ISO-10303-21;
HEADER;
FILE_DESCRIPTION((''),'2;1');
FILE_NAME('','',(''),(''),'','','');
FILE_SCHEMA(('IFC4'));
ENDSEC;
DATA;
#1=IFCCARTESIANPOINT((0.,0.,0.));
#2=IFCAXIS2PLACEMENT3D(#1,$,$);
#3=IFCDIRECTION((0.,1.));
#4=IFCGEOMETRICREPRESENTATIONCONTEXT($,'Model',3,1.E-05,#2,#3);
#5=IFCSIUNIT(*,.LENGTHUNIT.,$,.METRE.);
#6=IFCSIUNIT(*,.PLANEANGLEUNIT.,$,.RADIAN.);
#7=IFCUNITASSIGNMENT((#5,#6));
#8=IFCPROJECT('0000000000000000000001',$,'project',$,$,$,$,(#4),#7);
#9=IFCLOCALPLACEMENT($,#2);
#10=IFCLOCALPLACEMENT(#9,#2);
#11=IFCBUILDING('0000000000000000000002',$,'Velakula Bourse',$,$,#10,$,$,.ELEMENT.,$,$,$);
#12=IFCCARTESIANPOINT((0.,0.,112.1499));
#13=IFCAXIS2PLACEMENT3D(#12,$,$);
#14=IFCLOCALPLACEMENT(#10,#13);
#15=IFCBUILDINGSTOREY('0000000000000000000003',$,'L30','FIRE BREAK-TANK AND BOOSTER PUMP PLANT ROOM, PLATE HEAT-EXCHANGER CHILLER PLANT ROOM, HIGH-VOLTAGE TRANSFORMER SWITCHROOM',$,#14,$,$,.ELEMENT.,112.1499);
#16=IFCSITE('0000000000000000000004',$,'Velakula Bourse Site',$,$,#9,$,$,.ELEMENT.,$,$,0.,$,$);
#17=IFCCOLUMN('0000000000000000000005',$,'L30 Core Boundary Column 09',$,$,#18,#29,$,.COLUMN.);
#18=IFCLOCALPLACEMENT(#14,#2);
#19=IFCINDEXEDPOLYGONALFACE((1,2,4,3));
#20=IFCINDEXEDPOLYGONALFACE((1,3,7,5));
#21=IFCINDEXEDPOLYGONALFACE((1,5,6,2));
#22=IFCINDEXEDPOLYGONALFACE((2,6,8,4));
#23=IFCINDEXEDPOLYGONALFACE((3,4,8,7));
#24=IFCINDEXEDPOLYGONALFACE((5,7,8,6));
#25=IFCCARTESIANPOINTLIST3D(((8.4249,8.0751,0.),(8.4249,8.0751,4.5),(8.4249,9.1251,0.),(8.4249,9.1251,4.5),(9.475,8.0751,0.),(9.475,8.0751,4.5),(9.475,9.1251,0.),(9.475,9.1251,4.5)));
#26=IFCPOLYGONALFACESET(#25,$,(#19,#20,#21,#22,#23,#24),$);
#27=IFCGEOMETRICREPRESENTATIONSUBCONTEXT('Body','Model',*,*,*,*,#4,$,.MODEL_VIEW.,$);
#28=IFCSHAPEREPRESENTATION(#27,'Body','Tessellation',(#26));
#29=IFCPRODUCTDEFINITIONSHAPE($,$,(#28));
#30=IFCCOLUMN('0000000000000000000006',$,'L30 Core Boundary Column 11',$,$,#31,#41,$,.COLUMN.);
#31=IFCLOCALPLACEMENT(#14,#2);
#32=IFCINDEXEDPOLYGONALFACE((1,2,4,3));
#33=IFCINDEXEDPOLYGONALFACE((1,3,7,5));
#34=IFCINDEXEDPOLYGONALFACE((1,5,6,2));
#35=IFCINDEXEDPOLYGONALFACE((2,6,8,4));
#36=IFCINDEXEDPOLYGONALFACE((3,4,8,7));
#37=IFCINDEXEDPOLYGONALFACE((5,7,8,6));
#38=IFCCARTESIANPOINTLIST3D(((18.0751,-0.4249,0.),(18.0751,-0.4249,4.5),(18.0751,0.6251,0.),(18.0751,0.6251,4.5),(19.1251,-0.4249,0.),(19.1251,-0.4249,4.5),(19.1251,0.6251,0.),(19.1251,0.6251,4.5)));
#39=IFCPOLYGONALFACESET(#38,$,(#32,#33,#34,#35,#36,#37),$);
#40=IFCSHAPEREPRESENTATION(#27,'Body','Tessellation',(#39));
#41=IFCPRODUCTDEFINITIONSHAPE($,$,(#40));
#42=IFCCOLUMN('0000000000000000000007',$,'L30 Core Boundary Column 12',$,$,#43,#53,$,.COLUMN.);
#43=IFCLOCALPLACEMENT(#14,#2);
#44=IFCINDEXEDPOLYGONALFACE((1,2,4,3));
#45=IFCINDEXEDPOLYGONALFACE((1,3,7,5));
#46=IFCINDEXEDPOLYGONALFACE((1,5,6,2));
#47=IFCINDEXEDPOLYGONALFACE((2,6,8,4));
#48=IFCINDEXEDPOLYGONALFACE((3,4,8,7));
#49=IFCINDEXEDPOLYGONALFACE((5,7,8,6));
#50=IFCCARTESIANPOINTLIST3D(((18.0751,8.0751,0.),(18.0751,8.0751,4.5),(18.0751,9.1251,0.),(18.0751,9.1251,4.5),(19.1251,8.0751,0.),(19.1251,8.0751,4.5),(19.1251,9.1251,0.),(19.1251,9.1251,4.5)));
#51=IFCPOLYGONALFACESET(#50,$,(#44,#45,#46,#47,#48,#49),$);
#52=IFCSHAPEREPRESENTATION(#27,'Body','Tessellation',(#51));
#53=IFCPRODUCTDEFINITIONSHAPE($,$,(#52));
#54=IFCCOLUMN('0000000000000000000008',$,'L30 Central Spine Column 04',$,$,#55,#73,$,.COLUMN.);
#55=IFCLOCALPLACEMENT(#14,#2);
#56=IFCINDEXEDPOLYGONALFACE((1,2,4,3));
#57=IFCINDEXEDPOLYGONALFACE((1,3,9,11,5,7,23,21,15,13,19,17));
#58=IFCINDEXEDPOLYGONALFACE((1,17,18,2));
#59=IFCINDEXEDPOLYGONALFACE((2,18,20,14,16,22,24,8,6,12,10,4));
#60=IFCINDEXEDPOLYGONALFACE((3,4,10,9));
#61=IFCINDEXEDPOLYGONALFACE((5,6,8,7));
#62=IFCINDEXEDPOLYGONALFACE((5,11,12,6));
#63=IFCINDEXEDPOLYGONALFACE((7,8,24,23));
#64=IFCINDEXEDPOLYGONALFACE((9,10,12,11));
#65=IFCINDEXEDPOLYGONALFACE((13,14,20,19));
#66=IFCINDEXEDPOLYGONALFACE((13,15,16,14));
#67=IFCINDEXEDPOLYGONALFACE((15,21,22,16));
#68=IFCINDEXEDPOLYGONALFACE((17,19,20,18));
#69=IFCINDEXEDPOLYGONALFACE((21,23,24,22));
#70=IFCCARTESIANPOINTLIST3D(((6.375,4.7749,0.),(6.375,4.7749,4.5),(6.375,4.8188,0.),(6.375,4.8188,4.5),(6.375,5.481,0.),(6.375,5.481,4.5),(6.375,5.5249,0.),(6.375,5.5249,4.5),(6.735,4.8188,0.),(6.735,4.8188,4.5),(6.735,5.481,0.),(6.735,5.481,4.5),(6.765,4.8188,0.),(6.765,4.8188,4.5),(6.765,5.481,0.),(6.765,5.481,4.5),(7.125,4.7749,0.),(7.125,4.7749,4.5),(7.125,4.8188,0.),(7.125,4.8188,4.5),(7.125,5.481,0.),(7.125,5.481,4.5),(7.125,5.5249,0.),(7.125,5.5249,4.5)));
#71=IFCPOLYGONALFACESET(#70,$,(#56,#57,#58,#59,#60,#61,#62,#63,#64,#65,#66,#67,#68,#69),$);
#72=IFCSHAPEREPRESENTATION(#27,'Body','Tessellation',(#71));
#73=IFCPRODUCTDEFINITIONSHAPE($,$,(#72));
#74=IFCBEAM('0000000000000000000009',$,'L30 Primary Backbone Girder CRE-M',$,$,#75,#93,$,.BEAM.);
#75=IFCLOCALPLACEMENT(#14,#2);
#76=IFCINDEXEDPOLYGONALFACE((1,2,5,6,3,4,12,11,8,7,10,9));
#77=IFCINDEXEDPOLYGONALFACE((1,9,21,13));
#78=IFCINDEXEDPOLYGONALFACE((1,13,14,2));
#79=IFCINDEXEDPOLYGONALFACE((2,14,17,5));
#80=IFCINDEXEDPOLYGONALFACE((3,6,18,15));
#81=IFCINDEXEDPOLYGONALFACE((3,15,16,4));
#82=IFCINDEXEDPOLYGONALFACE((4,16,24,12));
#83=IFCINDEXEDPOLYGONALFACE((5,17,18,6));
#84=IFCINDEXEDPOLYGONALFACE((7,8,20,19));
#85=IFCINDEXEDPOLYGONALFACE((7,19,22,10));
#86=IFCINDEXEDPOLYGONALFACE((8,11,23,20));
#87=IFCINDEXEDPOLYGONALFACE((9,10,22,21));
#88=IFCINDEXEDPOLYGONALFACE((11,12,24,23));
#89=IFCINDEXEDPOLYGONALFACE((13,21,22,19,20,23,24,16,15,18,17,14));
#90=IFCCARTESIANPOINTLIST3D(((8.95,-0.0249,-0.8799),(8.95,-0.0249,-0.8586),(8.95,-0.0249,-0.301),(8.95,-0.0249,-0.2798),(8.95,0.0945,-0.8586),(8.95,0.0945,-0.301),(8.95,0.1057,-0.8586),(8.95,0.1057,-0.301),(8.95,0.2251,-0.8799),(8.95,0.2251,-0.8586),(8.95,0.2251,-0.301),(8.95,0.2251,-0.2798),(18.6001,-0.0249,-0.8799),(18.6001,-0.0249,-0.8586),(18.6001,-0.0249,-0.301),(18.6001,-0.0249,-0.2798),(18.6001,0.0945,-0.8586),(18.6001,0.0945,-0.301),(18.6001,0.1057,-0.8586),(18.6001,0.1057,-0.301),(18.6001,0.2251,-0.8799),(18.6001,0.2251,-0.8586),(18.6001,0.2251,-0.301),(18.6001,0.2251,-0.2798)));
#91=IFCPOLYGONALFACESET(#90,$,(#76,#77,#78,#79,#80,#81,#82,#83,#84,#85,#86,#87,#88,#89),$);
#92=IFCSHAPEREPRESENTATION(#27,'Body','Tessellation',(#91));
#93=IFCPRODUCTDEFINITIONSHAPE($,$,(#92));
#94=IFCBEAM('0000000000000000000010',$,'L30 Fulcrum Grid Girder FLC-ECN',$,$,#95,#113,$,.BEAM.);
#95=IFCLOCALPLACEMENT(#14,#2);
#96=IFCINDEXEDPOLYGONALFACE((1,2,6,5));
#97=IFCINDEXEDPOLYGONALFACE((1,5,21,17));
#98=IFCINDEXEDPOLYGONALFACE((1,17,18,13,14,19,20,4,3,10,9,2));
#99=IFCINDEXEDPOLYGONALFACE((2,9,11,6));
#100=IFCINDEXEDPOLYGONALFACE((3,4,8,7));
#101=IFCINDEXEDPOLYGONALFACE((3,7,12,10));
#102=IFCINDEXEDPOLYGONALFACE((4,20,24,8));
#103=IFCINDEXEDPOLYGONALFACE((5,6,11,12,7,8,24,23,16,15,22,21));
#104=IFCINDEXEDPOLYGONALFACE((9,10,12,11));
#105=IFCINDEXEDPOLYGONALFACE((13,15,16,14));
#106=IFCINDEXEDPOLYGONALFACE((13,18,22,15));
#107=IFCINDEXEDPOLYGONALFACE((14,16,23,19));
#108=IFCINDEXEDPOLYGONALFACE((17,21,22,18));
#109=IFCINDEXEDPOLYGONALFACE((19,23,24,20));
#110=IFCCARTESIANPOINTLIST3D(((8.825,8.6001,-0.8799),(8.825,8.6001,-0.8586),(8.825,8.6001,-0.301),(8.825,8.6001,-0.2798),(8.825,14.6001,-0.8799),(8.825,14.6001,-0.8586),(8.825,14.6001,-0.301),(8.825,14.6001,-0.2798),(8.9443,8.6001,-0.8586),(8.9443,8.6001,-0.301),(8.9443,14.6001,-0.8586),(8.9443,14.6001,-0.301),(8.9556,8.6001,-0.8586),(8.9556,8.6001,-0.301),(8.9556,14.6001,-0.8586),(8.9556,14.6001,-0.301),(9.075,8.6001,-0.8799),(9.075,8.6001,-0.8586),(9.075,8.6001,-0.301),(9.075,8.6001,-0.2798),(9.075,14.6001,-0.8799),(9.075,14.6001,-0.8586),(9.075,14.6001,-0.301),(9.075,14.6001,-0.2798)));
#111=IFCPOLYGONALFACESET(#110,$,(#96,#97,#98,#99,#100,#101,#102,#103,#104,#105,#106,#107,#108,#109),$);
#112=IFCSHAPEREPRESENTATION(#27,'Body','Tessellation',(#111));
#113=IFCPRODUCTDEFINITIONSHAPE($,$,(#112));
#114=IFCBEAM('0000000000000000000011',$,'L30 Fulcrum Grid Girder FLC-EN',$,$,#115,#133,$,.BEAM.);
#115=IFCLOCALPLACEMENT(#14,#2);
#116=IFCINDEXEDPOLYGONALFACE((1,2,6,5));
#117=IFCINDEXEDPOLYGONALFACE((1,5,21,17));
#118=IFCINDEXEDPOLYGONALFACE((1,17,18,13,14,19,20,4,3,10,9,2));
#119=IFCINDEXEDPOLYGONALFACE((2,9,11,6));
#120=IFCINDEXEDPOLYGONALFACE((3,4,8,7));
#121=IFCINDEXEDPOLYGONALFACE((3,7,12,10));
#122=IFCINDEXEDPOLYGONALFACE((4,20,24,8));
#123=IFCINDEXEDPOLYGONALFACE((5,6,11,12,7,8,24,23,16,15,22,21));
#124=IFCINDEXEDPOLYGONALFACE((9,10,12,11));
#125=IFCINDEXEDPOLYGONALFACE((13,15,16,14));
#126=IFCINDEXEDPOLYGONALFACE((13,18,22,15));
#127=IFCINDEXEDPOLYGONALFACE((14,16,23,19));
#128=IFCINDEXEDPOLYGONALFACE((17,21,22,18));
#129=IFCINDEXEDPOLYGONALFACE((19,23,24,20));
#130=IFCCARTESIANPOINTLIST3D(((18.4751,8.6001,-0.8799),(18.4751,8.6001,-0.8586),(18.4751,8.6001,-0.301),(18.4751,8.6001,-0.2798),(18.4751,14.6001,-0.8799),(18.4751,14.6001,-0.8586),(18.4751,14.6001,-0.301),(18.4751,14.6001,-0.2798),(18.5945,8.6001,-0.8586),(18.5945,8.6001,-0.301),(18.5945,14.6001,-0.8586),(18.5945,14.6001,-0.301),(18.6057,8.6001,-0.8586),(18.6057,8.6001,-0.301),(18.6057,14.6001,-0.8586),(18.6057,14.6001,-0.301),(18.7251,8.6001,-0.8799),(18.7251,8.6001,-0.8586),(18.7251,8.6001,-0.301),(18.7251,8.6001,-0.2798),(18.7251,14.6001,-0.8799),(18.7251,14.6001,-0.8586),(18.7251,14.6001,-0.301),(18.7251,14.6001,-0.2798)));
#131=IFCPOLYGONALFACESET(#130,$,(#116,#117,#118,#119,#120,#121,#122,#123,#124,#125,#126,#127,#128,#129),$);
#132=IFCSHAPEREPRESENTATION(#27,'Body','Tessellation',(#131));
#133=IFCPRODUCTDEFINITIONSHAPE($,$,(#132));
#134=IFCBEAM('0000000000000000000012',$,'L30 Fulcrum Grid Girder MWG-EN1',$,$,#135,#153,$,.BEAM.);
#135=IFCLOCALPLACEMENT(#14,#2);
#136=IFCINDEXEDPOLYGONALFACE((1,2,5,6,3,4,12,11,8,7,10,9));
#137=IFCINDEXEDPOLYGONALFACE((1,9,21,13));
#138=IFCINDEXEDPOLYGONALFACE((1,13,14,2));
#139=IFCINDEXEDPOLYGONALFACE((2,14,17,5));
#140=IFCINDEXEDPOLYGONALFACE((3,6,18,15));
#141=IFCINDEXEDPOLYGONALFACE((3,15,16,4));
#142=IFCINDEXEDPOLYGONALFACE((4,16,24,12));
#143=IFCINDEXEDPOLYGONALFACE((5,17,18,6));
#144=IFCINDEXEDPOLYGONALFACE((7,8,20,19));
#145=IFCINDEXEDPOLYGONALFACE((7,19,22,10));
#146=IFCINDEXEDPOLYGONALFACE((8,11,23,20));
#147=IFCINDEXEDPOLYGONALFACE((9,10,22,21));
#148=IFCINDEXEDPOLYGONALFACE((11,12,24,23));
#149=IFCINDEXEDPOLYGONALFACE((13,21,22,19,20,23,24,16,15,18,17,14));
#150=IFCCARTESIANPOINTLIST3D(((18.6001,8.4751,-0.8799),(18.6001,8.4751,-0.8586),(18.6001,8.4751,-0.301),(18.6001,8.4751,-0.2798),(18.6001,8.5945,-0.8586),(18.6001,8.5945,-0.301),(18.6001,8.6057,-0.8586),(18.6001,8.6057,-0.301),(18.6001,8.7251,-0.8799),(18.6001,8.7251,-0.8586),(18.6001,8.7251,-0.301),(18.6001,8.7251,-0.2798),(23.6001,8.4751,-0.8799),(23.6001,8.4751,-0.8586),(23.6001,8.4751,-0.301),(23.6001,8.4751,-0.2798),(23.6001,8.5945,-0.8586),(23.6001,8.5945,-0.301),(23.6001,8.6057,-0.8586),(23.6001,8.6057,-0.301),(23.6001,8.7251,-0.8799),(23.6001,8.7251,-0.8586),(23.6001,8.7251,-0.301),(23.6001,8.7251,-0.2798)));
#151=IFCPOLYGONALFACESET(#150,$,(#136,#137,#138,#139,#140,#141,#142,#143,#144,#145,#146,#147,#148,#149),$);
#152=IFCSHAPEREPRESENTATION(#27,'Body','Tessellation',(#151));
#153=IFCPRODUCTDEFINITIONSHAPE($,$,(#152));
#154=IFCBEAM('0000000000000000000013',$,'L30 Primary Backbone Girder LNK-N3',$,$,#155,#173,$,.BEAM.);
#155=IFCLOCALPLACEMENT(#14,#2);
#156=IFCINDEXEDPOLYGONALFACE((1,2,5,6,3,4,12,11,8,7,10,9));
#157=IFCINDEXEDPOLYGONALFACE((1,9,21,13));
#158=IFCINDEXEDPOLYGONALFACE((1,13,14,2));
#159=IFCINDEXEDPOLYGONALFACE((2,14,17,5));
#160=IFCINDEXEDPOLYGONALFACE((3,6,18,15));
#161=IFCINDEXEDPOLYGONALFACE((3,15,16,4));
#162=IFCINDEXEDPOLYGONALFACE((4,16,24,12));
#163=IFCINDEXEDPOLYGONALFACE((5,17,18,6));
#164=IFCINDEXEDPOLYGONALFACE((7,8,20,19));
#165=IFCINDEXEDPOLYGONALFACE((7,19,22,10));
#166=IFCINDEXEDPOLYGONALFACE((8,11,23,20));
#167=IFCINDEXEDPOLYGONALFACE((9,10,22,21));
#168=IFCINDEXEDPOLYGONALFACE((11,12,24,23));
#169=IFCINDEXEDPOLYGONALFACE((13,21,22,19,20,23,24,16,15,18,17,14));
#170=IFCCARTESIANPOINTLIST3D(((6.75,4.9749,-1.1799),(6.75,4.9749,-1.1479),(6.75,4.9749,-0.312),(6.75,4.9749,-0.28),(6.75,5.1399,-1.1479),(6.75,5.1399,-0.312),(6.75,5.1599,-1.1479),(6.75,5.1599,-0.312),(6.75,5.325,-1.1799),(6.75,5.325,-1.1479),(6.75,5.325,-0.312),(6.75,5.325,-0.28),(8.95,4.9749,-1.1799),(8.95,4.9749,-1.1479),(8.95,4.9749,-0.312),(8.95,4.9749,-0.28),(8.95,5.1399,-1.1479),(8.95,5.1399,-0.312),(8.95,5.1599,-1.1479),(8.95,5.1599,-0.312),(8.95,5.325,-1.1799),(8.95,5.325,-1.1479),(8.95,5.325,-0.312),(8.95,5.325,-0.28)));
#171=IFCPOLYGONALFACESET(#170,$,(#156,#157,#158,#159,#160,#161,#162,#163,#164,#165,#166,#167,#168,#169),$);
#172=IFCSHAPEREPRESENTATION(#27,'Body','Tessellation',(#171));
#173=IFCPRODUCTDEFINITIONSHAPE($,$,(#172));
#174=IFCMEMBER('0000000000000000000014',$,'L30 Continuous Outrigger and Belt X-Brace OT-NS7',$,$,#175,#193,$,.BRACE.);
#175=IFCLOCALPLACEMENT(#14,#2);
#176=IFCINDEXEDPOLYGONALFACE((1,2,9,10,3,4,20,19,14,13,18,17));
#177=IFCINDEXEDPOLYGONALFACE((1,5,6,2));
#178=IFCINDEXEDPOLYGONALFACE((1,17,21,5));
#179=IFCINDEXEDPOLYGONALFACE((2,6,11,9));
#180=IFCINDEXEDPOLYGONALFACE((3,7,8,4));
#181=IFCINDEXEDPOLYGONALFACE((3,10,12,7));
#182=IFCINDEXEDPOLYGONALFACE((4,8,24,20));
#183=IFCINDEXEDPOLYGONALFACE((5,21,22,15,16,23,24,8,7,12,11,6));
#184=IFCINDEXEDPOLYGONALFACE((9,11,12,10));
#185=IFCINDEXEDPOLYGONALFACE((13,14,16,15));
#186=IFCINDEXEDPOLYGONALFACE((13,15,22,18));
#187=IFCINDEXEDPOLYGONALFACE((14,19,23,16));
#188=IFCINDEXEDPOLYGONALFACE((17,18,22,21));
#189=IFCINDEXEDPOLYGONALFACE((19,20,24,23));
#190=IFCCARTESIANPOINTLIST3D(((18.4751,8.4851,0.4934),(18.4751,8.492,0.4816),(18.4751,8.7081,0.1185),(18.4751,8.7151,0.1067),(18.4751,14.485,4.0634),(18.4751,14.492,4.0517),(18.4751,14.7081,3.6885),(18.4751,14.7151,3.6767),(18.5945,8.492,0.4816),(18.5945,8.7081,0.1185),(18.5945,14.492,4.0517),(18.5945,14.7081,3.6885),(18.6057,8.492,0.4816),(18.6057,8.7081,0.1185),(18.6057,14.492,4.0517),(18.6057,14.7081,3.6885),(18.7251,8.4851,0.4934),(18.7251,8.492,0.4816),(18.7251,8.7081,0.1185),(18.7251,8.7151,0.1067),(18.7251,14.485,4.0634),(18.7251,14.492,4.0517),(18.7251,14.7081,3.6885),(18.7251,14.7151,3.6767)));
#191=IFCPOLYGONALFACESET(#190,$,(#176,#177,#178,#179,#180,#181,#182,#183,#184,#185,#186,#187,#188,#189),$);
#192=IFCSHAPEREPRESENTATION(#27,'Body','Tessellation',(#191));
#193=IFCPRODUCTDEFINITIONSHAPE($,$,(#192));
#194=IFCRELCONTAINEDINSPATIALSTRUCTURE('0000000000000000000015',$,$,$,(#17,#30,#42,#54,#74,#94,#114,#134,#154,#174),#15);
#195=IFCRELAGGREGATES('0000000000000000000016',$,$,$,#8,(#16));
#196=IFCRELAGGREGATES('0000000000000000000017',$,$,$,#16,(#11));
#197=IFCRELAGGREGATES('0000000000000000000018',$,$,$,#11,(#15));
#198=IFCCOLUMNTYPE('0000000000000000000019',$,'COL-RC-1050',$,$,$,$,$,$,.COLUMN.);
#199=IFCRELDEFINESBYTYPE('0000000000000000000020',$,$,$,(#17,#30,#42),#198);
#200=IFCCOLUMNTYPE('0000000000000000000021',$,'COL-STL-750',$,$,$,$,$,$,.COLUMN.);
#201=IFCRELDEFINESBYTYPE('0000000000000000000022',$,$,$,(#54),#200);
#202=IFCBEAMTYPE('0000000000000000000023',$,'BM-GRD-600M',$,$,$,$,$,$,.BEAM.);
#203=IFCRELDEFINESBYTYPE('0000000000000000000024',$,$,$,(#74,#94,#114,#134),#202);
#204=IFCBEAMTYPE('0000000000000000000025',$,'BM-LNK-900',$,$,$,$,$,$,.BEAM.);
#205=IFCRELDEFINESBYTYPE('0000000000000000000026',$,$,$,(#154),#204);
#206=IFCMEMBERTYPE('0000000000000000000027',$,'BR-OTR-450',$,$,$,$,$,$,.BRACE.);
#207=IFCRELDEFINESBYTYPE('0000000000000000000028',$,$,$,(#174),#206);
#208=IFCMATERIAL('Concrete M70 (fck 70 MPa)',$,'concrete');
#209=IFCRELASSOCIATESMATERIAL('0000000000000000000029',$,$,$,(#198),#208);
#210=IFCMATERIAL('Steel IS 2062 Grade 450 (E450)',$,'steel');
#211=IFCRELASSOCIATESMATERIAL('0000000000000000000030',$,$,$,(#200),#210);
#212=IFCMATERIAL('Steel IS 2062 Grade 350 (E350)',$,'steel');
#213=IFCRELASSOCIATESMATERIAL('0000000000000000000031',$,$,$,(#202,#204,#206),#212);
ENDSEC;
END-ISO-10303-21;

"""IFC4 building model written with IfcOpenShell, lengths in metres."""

from ifc_helpers import new_model, si_unit, direction, frame, origin, origin_2d, place, context, subcontext, project, spatial, rectangle, i_section, extrude, material, material_profile, profile_set, type_object, element, save


model = new_model("IFC4")

# Units and contexts
model_context = context("Model", 3, precision=1e-05, world=origin(), true_north=direction((0.0, 1.0)))
body_context = subcontext(model_context, "Body", "Model", "MODEL_VIEW")
ifc_project = project(units=[si_unit("LENGTHUNIT", "METRE"), si_unit("PLANEANGLEUNIT", "RADIAN")], contexts=[model_context])

# Site, building, storey
site_placement = place(None, origin())
site = spatial("IfcSite", under=ifc_project, at=site_placement, Name="Velakula Bourse Site", CompositionType="ELEMENT", RefElevation=0.0)
building_placement = place(site_placement, origin())
building = spatial("IfcBuilding", under=site, at=building_placement, Name="Velakula Bourse", CompositionType="ELEMENT")
storey_placement = place(building_placement, frame((0.0, 0.0, 112.1499)))
storey = spatial("IfcBuildingStorey", under=building, at=storey_placement, Name="L30", Description="FIRE BREAK-TANK AND BOOSTER PUMP PLANT ROOM, PLATE HEAT-EXCHANGER CHILLER PLANT ROOM, HIGH-VOLTAGE TRANSFORMER SWITCHROOM", CompositionType="ELEMENT", Elevation=112.1499)

# Columns
ifc_material_1 = material(Name="Concrete M70 (fck 70 MPa)", Category="concrete")
ifc_material_profile_1 = material_profile(ifc_material_1, rectangle(XDim=1.05, YDim=1.05, at=origin_2d()), Name="Concrete M70 (fck 70 MPa)")
ifc_profile_set_1 = profile_set([ifc_material_profile_1], Name="Concrete M70 (fck 70 MPa)")
column_type_1 = type_object("IfcColumnType", Name="COL-RC-1050", PredefinedType="COLUMN", material=ifc_profile_set_1)
for number, where, z_axis, x_axis, name in (
    (1, (8.95, 8.6001, 0.0), (0.0, 0.0, 1.0), (1.0, 0.0, 0.0), "L30 Core Boundary Column 09"),
    (2, (18.6001, 0.1001, 0.0), (0.0, 0.0, 1.0), (1.0, 0.0, 0.0), "L30 Core Boundary Column 11"),
    (3, (18.6001, 8.6001, 0.0), (0.0, 0.0, 1.0), (1.0, 0.0, 0.0), "L30 Core Boundary Column 12"),
):
    element("IfcColumn", number, at=place(storey_placement, frame(where, z_axis=z_axis, x_axis=x_axis)), inside=storey, type_object=column_type_1, Name=name, PredefinedType="COLUMN", context=body_context, shape_type="SweptSolid", body=[
        extrude(rectangle(XDim=1.05, YDim=1.05, at=origin_2d()), origin(), (0.0, 0.0, 1.0), 4.5),
    ])
ifc_material_2 = material(Name="Steel IS 2062 Grade 450 (E450)", Category="steel")
ifc_material_profile_2 = material_profile(ifc_material_2, i_section(OverallWidth=0.75, OverallDepth=0.75, WebThickness=0.03, FlangeThickness=0.0439, at=origin_2d()), Name="Steel IS 2062 Grade 450 (E450)")
ifc_profile_set_2 = profile_set([ifc_material_profile_2], Name="Steel IS 2062 Grade 450 (E450)")
column_type_2 = type_object("IfcColumnType", Name="COL-STL-750", PredefinedType="COLUMN", material=ifc_profile_set_2)
column_placement = place(storey_placement, frame((6.75, 5.1499, 0.0), z_axis=(0.0, 0.0, 1.0), x_axis=(1.0, 0.0, 0.0)))
element("IfcColumn", 4, at=column_placement, inside=storey, type_object=column_type_2, Name="L30 Central Spine Column 04", PredefinedType="COLUMN", context=body_context, shape_type="SweptSolid", body=[
    extrude(i_section(OverallWidth=0.75, OverallDepth=0.75, WebThickness=0.03, FlangeThickness=0.0439, at=origin_2d()), origin(), (0.0, 0.0, 1.0), 4.5),
])

# Beams
ifc_material_3 = material(Name="Steel IS 2062 Grade 350 (E350)", Category="steel")
ifc_material_profile_3 = material_profile(ifc_material_3, i_section(OverallWidth=0.25, OverallDepth=0.6001, WebThickness=0.0112, FlangeThickness=0.0212, at=origin_2d()), Name="Steel IS 2062 Grade 350 (E350)")
ifc_profile_set_3 = profile_set([ifc_material_profile_3], Name="Steel IS 2062 Grade 350 (E350)")
beam_type_1 = type_object("IfcBeamType", Name="BM-GRD-600M", PredefinedType="BEAM", material=ifc_profile_set_3)
beam_1_placement = place(storey_placement, frame((8.95, 0.1001, -0.5798), z_axis=(1.0, 0.0, 0.0), x_axis=(0.0, 1.0, 0.0)))
element("IfcBeam", 5, at=beam_1_placement, inside=storey, type_object=beam_type_1, Name="L30 Primary Backbone Girder CRE-M", PredefinedType="BEAM", context=body_context, shape_type="SweptSolid", body=[
    extrude(i_section(OverallWidth=0.25, OverallDepth=0.6001, WebThickness=0.0112, FlangeThickness=0.0212, at=origin_2d()), origin(), (0.0, 0.0, 1.0), 9.6501),
])
for number, where, z_axis, x_axis, name in (
    (6, (8.95, 8.6001, -0.5798), (0.0, 1.0, 0.0), (-1.0, 0.0, 0.0), "L30 Fulcrum Grid Girder FLC-ECN"),
    (7, (18.6001, 8.6001, -0.5798), (0.0, 1.0, 0.0), (-1.0, 0.0, 0.0), "L30 Fulcrum Grid Girder FLC-EN"),
):
    element("IfcBeam", number, at=place(storey_placement, frame(where, z_axis=z_axis, x_axis=x_axis)), inside=storey, type_object=beam_type_1, Name=name, PredefinedType="BEAM", context=body_context, shape_type="SweptSolid", body=[
        extrude(i_section(OverallWidth=0.25, OverallDepth=0.6001, WebThickness=0.0112, FlangeThickness=0.0212, at=origin_2d()), origin(), (0.0, 0.0, 1.0), 6.0),
    ])
beam_2_placement = place(storey_placement, frame((18.6001, 8.6001, -0.5798), z_axis=(1.0, 0.0, 0.0), x_axis=(0.0, 1.0, 0.0)))
element("IfcBeam", 8, at=beam_2_placement, inside=storey, type_object=beam_type_1, Name="L30 Fulcrum Grid Girder MWG-EN1", PredefinedType="BEAM", context=body_context, shape_type="SweptSolid", body=[
    extrude(i_section(OverallWidth=0.25, OverallDepth=0.6001, WebThickness=0.0112, FlangeThickness=0.0212, at=origin_2d()), origin(), (0.0, 0.0, 1.0), 5.0),
])
ifc_material_profile_4 = material_profile(ifc_material_3, i_section(OverallWidth=0.3501, OverallDepth=0.8999, WebThickness=0.02, FlangeThickness=0.032, at=origin_2d()), Name="Steel IS 2062 Grade 350 (E350)")
ifc_profile_set_4 = profile_set([ifc_material_profile_4], Name="Steel IS 2062 Grade 350 (E350)")
beam_type_2 = type_object("IfcBeamType", Name="BM-LNK-900", PredefinedType="BEAM", material=ifc_profile_set_4)
beam_3_placement = place(storey_placement, frame((6.75, 5.1499, -0.73), z_axis=(1.0, 0.0, 0.0), x_axis=(0.0, 1.0, 0.0)))
element("IfcBeam", 9, at=beam_3_placement, inside=storey, type_object=beam_type_2, Name="L30 Primary Backbone Girder LNK-N3", PredefinedType="BEAM", context=body_context, shape_type="SweptSolid", body=[
    extrude(i_section(OverallWidth=0.3501, OverallDepth=0.8999, WebThickness=0.02, FlangeThickness=0.032, at=origin_2d()), origin(), (0.0, 0.0, 1.0), 2.2),
])

# Member
ifc_material_profile_5 = material_profile(ifc_material_3, i_section(OverallWidth=0.25, OverallDepth=0.45, WebThickness=0.0112, FlangeThickness=0.0137, at=origin_2d()), Name="Steel IS 2062 Grade 350 (E350)")
ifc_profile_set_5 = profile_set([ifc_material_profile_5], Name="Steel IS 2062 Grade 350 (E350)")
member_type = type_object("IfcMemberType", Name="BR-OTR-450", PredefinedType="BRACE", material=ifc_profile_set_5)
member_placement = place(storey_placement, frame((18.6001, 8.6001, 0.3), z_axis=(0.0, 0.859378, 0.51134), x_axis=(-1.0, 0.0, 0.0)))
element("IfcMember", 10, at=member_placement, inside=storey, type_object=member_type, Name="L30 Continuous Outrigger and Belt X-Brace OT-NS7", PredefinedType="BRACE", context=body_context, shape_type="SweptSolid", body=[
    extrude(i_section(OverallWidth=0.25, OverallDepth=0.45, WebThickness=0.0112, FlangeThickness=0.0137, at=origin_2d()), origin(), (0.0, 0.0, 1.0), 6.9817),
])

save(model, "model.ifc")
